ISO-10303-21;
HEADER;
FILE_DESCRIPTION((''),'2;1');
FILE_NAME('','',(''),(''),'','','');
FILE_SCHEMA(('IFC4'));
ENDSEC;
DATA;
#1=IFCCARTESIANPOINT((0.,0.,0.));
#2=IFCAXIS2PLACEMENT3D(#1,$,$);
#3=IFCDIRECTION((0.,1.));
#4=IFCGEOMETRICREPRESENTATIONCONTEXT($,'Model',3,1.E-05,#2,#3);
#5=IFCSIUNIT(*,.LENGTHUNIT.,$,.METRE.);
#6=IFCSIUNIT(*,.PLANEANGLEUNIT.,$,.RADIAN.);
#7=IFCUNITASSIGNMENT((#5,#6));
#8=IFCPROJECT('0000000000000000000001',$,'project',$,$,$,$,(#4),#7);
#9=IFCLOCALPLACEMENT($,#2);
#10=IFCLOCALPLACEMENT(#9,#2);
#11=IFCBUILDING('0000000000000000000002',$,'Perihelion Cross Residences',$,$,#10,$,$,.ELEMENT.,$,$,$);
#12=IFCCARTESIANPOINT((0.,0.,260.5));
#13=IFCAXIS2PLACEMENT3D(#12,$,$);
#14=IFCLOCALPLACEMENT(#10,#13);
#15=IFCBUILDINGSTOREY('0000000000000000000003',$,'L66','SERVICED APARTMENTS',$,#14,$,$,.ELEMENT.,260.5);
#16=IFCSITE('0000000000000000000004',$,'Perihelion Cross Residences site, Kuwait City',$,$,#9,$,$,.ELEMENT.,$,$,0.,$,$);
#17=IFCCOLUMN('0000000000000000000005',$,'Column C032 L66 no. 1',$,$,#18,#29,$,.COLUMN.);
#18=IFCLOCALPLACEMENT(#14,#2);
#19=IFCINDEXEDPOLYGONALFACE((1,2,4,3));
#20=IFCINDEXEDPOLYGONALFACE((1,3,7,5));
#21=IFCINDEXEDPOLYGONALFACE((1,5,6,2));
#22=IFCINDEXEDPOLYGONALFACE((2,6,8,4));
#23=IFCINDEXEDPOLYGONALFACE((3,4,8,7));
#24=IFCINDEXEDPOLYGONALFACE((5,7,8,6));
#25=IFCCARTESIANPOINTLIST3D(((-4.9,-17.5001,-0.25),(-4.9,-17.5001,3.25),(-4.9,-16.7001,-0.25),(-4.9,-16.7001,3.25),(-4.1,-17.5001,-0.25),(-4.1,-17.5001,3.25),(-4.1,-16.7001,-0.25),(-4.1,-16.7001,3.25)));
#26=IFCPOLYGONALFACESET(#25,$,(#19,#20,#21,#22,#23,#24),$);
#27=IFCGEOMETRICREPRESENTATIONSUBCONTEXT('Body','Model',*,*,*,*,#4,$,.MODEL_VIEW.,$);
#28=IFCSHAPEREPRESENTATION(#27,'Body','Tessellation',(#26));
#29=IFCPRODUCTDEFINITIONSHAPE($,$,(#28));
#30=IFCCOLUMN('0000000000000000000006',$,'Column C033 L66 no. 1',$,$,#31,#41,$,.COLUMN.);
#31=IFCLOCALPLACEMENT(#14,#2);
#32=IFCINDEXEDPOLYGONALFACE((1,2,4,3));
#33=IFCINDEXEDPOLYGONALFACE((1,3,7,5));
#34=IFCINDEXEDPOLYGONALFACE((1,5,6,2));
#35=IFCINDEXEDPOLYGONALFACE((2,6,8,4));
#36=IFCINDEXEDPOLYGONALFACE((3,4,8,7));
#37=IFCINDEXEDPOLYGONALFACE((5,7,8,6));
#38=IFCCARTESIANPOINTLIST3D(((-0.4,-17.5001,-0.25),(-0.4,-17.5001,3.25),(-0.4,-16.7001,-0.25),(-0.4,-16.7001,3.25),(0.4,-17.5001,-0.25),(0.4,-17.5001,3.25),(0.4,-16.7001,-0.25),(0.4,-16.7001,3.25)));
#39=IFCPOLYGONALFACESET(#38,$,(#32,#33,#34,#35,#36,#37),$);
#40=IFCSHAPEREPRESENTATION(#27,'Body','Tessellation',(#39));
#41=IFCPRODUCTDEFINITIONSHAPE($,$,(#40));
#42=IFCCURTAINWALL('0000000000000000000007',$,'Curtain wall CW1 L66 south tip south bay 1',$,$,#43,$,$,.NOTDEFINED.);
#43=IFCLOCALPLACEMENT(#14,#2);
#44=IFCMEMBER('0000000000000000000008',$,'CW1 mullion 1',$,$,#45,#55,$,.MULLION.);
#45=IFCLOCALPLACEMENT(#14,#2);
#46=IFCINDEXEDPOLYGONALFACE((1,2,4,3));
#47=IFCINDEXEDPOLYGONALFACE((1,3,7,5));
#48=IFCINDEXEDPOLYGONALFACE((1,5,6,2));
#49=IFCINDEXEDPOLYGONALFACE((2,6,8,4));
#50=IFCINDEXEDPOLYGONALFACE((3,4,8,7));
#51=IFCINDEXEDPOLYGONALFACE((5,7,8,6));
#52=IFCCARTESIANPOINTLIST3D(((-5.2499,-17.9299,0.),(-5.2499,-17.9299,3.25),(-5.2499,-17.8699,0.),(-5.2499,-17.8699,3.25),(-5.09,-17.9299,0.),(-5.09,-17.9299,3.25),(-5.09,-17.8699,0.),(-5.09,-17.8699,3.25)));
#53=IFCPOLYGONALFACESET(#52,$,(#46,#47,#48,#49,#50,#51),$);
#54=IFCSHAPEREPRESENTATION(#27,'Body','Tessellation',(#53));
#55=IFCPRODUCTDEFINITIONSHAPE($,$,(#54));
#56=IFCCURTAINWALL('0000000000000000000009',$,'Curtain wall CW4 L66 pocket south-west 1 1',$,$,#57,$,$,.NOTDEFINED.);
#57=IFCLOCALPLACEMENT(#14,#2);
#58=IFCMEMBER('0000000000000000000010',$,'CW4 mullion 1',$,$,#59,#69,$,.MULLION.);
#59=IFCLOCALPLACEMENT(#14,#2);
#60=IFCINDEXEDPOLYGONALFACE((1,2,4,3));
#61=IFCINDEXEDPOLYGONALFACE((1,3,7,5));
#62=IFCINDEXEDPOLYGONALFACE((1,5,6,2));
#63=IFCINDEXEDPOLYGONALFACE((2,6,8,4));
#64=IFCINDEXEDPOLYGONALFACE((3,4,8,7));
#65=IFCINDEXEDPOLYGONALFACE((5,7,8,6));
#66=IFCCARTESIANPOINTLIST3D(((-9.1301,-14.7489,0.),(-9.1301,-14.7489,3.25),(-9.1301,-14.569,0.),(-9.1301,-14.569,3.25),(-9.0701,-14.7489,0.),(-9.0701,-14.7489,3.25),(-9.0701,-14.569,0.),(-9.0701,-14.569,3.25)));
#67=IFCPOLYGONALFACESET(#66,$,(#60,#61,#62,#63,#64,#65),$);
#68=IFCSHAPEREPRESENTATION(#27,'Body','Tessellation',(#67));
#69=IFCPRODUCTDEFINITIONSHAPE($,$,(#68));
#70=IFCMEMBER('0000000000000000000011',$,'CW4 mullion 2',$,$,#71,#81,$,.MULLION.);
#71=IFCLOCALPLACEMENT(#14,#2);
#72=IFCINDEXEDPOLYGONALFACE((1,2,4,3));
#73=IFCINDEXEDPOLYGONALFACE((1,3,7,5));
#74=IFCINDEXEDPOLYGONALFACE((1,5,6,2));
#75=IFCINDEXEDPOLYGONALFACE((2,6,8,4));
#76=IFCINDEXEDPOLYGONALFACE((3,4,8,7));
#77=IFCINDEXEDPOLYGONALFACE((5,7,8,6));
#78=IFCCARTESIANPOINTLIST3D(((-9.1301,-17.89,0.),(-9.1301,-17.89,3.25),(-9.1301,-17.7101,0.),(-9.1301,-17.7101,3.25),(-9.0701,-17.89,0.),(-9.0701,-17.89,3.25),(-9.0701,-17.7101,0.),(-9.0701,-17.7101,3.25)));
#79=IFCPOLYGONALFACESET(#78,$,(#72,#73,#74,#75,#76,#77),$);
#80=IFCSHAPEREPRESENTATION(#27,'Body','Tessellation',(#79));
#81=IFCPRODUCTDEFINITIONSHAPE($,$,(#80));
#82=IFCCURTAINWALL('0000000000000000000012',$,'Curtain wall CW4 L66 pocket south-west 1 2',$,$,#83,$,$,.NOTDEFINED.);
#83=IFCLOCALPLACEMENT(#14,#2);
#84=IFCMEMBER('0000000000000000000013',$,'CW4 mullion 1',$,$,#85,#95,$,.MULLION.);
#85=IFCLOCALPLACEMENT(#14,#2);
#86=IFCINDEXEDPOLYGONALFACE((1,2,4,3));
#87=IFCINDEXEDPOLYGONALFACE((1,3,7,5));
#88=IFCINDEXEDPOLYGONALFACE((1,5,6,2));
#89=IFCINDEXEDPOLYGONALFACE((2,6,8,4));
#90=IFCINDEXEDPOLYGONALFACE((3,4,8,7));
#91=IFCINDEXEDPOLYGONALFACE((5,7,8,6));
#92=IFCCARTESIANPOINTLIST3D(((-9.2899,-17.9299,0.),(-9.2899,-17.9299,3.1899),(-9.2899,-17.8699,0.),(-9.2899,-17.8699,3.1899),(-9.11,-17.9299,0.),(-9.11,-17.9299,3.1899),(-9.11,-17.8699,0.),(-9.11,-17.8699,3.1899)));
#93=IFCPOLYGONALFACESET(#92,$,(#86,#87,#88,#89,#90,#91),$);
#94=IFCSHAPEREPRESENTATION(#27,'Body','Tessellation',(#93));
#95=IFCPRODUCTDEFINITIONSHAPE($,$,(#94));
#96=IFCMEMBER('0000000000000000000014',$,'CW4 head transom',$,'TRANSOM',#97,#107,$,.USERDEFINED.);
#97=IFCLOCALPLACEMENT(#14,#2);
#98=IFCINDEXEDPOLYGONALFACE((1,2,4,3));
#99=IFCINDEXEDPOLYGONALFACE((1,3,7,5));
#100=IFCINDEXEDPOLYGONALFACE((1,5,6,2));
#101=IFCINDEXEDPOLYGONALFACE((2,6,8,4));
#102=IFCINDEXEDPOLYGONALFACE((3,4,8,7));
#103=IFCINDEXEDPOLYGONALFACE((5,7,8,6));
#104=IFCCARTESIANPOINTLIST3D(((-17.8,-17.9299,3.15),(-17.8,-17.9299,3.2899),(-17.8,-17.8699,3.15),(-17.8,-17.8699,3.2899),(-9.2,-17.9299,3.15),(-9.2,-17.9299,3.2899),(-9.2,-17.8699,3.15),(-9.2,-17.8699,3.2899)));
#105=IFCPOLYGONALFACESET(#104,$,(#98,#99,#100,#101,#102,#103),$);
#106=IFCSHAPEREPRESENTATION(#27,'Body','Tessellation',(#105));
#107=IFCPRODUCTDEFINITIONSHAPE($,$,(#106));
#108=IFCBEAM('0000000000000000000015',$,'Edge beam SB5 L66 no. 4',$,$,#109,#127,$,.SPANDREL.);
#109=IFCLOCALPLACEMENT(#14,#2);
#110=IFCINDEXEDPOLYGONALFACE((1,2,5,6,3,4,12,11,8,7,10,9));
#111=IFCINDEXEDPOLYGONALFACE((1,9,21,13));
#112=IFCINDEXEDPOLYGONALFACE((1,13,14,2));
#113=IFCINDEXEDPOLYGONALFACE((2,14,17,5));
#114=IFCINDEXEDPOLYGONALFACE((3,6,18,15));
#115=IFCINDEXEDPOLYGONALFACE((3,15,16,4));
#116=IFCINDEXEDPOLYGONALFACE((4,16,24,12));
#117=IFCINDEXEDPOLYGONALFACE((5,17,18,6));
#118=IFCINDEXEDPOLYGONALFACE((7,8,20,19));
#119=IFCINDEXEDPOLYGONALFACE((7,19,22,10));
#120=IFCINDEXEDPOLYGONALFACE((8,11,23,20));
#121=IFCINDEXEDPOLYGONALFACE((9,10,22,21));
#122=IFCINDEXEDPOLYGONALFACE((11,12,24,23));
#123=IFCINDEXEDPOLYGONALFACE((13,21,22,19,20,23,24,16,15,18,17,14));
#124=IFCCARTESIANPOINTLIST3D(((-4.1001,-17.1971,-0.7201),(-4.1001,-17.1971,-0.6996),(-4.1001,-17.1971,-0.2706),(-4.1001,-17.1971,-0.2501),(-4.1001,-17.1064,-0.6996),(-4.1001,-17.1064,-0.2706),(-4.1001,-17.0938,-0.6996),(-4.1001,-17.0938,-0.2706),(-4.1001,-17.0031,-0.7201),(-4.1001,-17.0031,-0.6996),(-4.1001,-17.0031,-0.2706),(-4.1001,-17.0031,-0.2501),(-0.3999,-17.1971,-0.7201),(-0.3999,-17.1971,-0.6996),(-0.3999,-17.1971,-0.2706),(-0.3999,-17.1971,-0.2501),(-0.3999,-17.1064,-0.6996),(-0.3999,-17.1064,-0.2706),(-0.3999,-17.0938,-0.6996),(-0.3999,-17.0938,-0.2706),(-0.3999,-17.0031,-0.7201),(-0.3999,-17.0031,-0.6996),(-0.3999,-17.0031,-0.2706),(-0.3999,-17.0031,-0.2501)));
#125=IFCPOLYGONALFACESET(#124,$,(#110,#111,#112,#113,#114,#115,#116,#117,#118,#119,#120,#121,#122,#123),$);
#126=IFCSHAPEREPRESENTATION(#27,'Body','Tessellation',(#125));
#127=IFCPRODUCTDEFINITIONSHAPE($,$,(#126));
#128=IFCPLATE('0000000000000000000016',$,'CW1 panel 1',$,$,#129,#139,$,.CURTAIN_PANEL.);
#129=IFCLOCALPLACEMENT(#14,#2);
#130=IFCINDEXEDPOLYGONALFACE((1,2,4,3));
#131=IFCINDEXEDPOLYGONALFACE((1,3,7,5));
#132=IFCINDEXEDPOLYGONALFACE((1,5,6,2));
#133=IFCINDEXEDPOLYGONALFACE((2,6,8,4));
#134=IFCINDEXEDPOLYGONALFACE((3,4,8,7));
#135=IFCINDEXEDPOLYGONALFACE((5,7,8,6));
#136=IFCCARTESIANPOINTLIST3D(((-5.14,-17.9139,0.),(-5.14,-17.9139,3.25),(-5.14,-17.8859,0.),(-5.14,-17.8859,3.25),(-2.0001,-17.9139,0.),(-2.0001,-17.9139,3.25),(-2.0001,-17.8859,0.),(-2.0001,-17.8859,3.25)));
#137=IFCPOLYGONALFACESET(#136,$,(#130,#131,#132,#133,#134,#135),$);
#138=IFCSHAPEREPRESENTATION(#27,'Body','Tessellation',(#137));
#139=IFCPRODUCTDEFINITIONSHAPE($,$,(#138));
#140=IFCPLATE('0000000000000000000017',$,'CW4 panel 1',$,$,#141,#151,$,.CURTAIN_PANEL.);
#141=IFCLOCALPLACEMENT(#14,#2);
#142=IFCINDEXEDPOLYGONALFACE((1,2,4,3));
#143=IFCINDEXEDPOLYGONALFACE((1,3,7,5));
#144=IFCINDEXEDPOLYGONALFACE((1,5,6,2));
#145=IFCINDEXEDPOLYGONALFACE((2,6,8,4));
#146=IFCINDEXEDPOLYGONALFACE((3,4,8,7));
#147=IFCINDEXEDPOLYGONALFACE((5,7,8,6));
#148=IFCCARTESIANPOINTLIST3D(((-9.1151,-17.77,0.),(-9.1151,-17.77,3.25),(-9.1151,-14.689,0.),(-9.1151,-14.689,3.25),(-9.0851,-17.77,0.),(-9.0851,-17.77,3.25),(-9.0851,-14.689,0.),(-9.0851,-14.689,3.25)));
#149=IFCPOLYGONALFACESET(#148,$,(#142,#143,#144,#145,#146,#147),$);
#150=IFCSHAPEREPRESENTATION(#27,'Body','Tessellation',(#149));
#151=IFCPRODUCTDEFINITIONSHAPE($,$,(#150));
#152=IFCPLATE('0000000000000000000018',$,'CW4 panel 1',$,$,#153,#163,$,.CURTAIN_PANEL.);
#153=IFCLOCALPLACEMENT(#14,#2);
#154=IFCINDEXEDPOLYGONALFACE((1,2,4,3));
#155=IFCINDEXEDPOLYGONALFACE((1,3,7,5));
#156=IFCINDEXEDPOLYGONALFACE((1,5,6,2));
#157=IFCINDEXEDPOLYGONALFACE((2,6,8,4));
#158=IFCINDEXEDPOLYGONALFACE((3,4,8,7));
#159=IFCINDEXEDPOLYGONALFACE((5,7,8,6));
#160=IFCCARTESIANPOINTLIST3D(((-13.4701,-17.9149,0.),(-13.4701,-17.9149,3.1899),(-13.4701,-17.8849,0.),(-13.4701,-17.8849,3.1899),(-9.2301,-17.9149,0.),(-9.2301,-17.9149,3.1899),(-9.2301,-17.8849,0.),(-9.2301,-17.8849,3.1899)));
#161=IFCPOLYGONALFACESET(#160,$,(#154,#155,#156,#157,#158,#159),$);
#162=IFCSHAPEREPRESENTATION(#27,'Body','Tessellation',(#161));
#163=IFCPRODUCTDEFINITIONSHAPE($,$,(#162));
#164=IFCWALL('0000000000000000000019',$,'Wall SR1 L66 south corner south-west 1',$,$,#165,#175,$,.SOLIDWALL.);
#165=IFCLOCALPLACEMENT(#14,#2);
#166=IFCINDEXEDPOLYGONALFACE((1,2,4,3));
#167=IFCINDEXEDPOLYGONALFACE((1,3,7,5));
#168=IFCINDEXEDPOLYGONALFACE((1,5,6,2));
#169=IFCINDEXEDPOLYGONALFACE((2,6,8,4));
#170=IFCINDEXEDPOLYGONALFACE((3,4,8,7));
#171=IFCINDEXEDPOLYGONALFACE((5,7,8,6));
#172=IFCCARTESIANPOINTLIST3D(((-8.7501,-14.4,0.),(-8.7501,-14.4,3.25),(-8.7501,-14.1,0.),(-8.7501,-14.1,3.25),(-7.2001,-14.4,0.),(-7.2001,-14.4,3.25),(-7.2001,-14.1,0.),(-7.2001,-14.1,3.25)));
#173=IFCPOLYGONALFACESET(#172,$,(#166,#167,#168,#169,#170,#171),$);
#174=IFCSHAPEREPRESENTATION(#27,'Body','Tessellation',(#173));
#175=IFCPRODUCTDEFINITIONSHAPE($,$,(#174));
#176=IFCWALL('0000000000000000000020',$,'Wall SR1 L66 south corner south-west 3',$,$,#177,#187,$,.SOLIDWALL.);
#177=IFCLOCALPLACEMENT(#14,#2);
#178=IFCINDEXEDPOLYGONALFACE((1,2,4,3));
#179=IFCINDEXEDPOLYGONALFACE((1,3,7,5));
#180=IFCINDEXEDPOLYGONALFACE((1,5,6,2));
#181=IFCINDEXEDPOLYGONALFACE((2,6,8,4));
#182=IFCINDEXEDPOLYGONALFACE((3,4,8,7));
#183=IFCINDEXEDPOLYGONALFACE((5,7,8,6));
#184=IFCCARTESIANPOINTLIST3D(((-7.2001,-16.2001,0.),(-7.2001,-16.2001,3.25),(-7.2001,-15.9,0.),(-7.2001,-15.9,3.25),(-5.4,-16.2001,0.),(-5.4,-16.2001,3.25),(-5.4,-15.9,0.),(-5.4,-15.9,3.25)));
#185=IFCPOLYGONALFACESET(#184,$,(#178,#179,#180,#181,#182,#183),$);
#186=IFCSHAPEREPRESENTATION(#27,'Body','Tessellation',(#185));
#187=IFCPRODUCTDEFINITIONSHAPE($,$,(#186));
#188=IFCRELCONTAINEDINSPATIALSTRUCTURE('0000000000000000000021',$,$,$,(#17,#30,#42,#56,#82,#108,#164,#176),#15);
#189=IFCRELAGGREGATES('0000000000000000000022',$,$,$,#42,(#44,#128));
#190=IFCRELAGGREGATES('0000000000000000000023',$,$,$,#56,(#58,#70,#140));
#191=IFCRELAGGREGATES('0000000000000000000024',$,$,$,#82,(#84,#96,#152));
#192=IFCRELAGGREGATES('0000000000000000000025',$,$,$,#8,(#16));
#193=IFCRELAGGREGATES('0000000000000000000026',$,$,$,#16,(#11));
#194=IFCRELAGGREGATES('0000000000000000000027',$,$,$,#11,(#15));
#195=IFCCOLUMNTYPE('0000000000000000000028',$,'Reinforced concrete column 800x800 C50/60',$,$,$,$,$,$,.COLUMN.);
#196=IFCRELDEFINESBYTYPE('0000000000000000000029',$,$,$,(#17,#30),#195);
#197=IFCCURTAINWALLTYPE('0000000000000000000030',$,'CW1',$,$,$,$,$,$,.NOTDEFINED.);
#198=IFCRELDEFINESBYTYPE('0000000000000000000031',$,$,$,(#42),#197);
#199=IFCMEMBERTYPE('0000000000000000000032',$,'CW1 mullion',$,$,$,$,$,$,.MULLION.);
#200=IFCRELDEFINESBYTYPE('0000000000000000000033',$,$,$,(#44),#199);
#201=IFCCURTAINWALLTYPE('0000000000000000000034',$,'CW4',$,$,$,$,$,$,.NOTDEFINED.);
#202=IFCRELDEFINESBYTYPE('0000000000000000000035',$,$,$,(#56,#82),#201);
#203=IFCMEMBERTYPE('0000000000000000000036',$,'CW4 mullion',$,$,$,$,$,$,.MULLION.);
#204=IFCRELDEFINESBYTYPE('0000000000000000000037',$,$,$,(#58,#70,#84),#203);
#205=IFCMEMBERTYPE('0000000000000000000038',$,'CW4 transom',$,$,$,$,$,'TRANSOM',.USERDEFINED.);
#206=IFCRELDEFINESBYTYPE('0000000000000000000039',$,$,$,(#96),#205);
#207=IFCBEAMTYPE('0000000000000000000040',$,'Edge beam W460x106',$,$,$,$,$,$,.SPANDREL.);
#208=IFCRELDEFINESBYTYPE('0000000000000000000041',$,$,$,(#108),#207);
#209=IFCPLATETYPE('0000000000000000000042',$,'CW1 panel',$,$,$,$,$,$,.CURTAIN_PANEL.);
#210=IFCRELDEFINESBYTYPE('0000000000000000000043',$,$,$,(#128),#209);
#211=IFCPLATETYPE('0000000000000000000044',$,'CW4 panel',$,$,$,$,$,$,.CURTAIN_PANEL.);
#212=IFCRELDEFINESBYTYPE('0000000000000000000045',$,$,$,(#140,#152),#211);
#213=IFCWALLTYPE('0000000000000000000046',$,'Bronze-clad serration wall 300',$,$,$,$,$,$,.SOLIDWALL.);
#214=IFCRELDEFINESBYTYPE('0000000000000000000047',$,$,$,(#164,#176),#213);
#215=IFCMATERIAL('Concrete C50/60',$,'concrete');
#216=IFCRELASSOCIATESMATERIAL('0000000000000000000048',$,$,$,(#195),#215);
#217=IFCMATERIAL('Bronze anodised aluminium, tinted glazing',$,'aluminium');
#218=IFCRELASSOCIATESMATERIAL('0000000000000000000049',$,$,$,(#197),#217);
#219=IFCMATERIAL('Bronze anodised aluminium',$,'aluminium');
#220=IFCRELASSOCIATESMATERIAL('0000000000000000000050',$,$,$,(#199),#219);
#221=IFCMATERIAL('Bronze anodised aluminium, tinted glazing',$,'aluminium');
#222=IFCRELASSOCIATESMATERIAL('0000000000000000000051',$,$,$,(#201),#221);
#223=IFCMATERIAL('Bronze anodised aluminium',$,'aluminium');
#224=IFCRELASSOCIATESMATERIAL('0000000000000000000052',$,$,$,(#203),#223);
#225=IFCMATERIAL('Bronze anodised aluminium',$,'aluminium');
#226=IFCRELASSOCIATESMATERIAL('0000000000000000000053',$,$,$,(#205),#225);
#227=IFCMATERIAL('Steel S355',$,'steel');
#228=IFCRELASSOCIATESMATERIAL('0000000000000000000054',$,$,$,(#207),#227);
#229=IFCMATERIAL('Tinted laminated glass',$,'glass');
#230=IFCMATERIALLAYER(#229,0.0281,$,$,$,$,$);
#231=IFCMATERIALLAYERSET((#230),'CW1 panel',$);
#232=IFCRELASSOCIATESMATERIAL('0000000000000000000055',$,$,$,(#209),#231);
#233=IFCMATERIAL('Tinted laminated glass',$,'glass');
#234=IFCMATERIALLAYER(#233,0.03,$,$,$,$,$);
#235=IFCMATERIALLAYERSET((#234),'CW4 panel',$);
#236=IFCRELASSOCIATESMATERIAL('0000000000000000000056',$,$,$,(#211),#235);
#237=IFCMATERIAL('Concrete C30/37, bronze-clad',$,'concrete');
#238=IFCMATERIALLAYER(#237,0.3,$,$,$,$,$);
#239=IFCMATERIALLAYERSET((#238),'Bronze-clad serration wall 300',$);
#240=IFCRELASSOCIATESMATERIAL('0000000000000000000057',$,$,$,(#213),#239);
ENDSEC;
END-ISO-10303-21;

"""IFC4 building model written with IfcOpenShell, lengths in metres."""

from ifc_helpers import new_model, si_unit, direction, frame, frame_2d, origin, origin_2d, place, context, subcontext, project, spatial, rectangle, i_section, extrude, material, layer, layer_set, material_profile, profile_set, type_object, element, aggregate, save


model = new_model("IFC4")

# Units and contexts
model_context = context("Model", 3, precision=1e-05, world=origin(), true_north=direction((0.0, 1.0)))
body_context = subcontext(model_context, "Body", "Model", "MODEL_VIEW")
ifc_project = project(units=[si_unit("LENGTHUNIT", "METRE"), si_unit("PLANEANGLEUNIT", "RADIAN")], contexts=[model_context])

# Site, building, storey
site_placement = place(None, origin())
site = spatial("IfcSite", under=ifc_project, at=site_placement, Name="Perihelion Cross Residences site, Kuwait City", CompositionType="ELEMENT", RefElevation=0.0)
building_placement = place(site_placement, origin())
building = spatial("IfcBuilding", under=site, at=building_placement, Name="Perihelion Cross Residences", CompositionType="ELEMENT")
storey_placement = place(building_placement, frame((0.0, 0.0, 260.5)))
storey = spatial("IfcBuildingStorey", under=building, at=storey_placement, Name="L66", Description="SERVICED APARTMENTS", CompositionType="ELEMENT", Elevation=260.5)

# Columns
ifc_material_1 = material(Name="Concrete C50/60", Category="concrete")
ifc_material_profile_1 = material_profile(ifc_material_1, rectangle(XDim=0.8, YDim=0.8, at=origin_2d()), Name="RC 800x800")
ifc_profile_set_1 = profile_set([ifc_material_profile_1], Name="Concrete C50/60")
column_type = type_object("IfcColumnType", Name="Reinforced concrete column 800x800 C50/60", PredefinedType="COLUMN", material=ifc_profile_set_1)
for number, where, z_axis, x_axis, name in (
    (1, (-4.5, -17.1001, -0.25), (0.0, 0.0, 1.0), (1.0, 0.0, 0.0), "Column C032 L66 no. 1"),
    (2, (0.0, -17.1001, -0.25), (0.0, 0.0, 1.0), (1.0, 0.0, 0.0), "Column C033 L66 no. 1"),
):
    element("IfcColumn", number, at=place(storey_placement, frame(where, z_axis=z_axis, x_axis=x_axis)), inside=storey, type_object=column_type, Name=name, PredefinedType="COLUMN", context=body_context, shape_type="SweptSolid", body=[
        extrude(rectangle(XDim=0.8, YDim=0.8, at=origin_2d()), origin(), (0.0, 0.0, 1.0), 3.5),
    ])

# Curtain wall, member
ifc_material_2 = material(Name="Bronze anodised aluminium, tinted glazing", Category="aluminium")
curtain_wall_type_1 = type_object("IfcCurtainWallType", Name="CW1", PredefinedType="NOTDEFINED", material=ifc_material_2)
curtain_wall_1_placement = place(storey_placement, origin())
curtain_wall_1 = element("IfcCurtainWall", 3, at=curtain_wall_1_placement, inside=storey, type_object=curtain_wall_type_1, Name="Curtain wall CW1 L66 south tip south bay 1", PredefinedType="NOTDEFINED")
ifc_material_3 = material(Name="Bronze anodised aluminium", Category="aluminium")
ifc_material_profile_2 = material_profile(ifc_material_3, rectangle(XDim=0.0601, YDim=0.1599, at=origin_2d()), Name="CW1 mullion")
ifc_profile_set_2 = profile_set([ifc_material_profile_2], Name="Bronze anodised aluminium")
member_type_1 = type_object("IfcMemberType", Name="CW1 mullion", PredefinedType="MULLION", material=ifc_profile_set_2)
member_1_placement = place(storey_placement, frame((-5.1699, -17.8999, 0.0), z_axis=(0.0, 0.0, 1.0), x_axis=(0.0, 1.0, 0.0)))
member_1 = element("IfcMember", 4, at=member_1_placement, type_object=member_type_1, Name="CW1 mullion 1", PredefinedType="MULLION", context=body_context, shape_type="SweptSolid", body=[
    extrude(rectangle(XDim=0.0601, YDim=0.1599, at=origin_2d()), origin(), (0.0, 0.0, 1.0), 3.25),
])

# Curtain walls, members
ifc_material_4 = material(Name="Bronze anodised aluminium, tinted glazing", Category="aluminium")
curtain_wall_type_2 = type_object("IfcCurtainWallType", Name="CW4", PredefinedType="NOTDEFINED", material=ifc_material_4)
curtain_wall_2_placement = place(storey_placement, origin())
curtain_wall_2 = element("IfcCurtainWall", 5, at=curtain_wall_2_placement, inside=storey, type_object=curtain_wall_type_2, Name="Curtain wall CW4 L66 pocket south-west 1 1", PredefinedType="NOTDEFINED")
ifc_material_5 = material(Name="Bronze anodised aluminium", Category="aluminium")
ifc_material_profile_3 = material_profile(ifc_material_5, rectangle(XDim=0.0601, YDim=0.1799, at=origin_2d()), Name="CW4 mullion")
ifc_profile_set_3 = profile_set([ifc_material_profile_3], Name="Bronze anodised aluminium")
member_type_2 = type_object("IfcMemberType", Name="CW4 mullion", PredefinedType="MULLION", material=ifc_profile_set_3)
member_2_placement = place(storey_placement, frame((-9.1001, -14.6589, 0.0), z_axis=(0.0, 0.0, 1.0), x_axis=(1.0, 0.0, 0.0)))
member_2 = element("IfcMember", 6, at=member_2_placement, type_object=member_type_2, Name="CW4 mullion 1", PredefinedType="MULLION", context=body_context, shape_type="SweptSolid", body=[
    extrude(rectangle(XDim=0.0601, YDim=0.1799, at=origin_2d()), origin(), (0.0, 0.0, 1.0), 3.25),
])
member_3_placement = place(storey_placement, frame((-9.1001, -17.8, 0.0), z_axis=(0.0, 0.0, 1.0), x_axis=(1.0, 0.0, 0.0)))
member_3 = element("IfcMember", 7, at=member_3_placement, type_object=member_type_2, Name="CW4 mullion 2", PredefinedType="MULLION", context=body_context, shape_type="SweptSolid", body=[
    extrude(rectangle(XDim=0.0601, YDim=0.1799, at=origin_2d()), origin(), (0.0, 0.0, 1.0), 3.25),
])
curtain_wall_3_placement = place(storey_placement, origin())
curtain_wall_3 = element("IfcCurtainWall", 8, at=curtain_wall_3_placement, inside=storey, type_object=curtain_wall_type_2, Name="Curtain wall CW4 L66 pocket south-west 1 2", PredefinedType="NOTDEFINED")
member_4_placement = place(storey_placement, frame((-9.2, -17.8999, 0.0), z_axis=(0.0, 0.0, 1.0), x_axis=(0.0, -1.0, 0.0)))
member_4 = element("IfcMember", 9, at=member_4_placement, type_object=member_type_2, Name="CW4 mullion 1", PredefinedType="MULLION", context=body_context, shape_type="SweptSolid", body=[
    extrude(rectangle(XDim=0.0601, YDim=0.1799, at=origin_2d()), origin(), (0.0, 0.0, 1.0), 3.1899),
])
ifc_material_6 = material(Name="Bronze anodised aluminium", Category="aluminium")
ifc_material_profile_4 = material_profile(ifc_material_6, rectangle(XDim=0.0601, YDim=0.1399, at=origin_2d()), Name="CW4 transom")
ifc_profile_set_4 = profile_set([ifc_material_profile_4], Name="Bronze anodised aluminium")
member_type_3 = type_object("IfcMemberType", Name="CW4 transom", ElementType="TRANSOM", PredefinedType="USERDEFINED", material=ifc_profile_set_4)
member_5_placement = place(storey_placement, frame((-9.2, -17.8999, 3.22), z_axis=(-1.0, 0.0, 0.0), x_axis=(0.0, -1.0, 0.0)))
member_5 = element("IfcMember", 10, at=member_5_placement, type_object=member_type_3, Name="CW4 head transom", ObjectType="TRANSOM", PredefinedType="USERDEFINED", context=body_context, shape_type="SweptSolid", body=[
    extrude(rectangle(XDim=0.0601, YDim=0.1399, at=origin_2d()), origin(), (0.0, 0.0, 1.0), 8.6001),
])

# Beam
ifc_material_7 = material(Name="Steel S355", Category="steel")
ifc_material_profile_5 = material_profile(ifc_material_7, i_section(OverallWidth=0.1941, OverallDepth=0.47, WebThickness=0.0127, FlangeThickness=0.0205, at=origin_2d()), Name="W460x106")
ifc_profile_set_5 = profile_set([ifc_material_profile_5], Name="Steel S355")
beam_type = type_object("IfcBeamType", Name="Edge beam W460x106", PredefinedType="SPANDREL", material=ifc_profile_set_5)
beam_placement = place(storey_placement, frame((-4.1001, -17.1001, -0.4851), z_axis=(1.0, 0.0, 0.0), x_axis=(0.0, 1.0, 0.0)))
element("IfcBeam", 11, at=beam_placement, inside=storey, type_object=beam_type, Name="Edge beam SB5 L66 no. 4", PredefinedType="SPANDREL", context=body_context, shape_type="SweptSolid", body=[
    extrude(i_section(OverallWidth=0.1941, OverallDepth=0.47, WebThickness=0.0127, FlangeThickness=0.0205, at=origin_2d()), origin(), (0.0, 0.0, 1.0), 3.7002),
])

# Plates
ifc_material_8 = material(Name="Tinted laminated glass", Category="glass")
ifc_layer_1 = layer(ifc_material_8, 0.0281)
ifc_layer_set_1 = layer_set([ifc_layer_1], Name="CW1 panel")
plate_type_1 = type_object("IfcPlateType", Name="CW1 panel", PredefinedType="CURTAIN_PANEL", material=ifc_layer_set_1)
plate_1_placement = place(storey_placement, frame((-3.5701, -17.8999, 0.0), z_axis=(0.0, 0.0, 1.0), x_axis=(1.0, 0.0, 0.0)))
plate_1 = element("IfcPlate", 12, at=plate_1_placement, type_object=plate_type_1, Name="CW1 panel 1", PredefinedType="CURTAIN_PANEL", context=body_context, shape_type="SweptSolid", body=[
    extrude(rectangle(XDim=3.1399, YDim=0.0281, at=origin_2d()), origin(), (0.0, 0.0, 1.0), 3.25),
])
aggregate(curtain_wall_1, [member_1, plate_1])
ifc_material_9 = material(Name="Tinted laminated glass", Category="glass")
ifc_layer_2 = layer(ifc_material_9, 0.03)
ifc_layer_set_2 = layer_set([ifc_layer_2], Name="CW4 panel")
plate_type_2 = type_object("IfcPlateType", Name="CW4 panel", PredefinedType="CURTAIN_PANEL", material=ifc_layer_set_2)
plate_2_placement = place(storey_placement, frame((-9.1001, -16.2295, 0.0), z_axis=(0.0, 0.0, 1.0), x_axis=(0.0, -1.0, 0.0)))
plate_2 = element("IfcPlate", 13, at=plate_2_placement, type_object=plate_type_2, Name="CW4 panel 1", PredefinedType="CURTAIN_PANEL", context=body_context, shape_type="SweptSolid", body=[
    extrude(rectangle(XDim=3.0811, YDim=0.03, at=origin_2d()), origin(), (0.0, 0.0, 1.0), 3.25),
])
aggregate(curtain_wall_2, [member_2, member_3, plate_2])
plate_3_placement = place(storey_placement, frame((-11.3501, -17.8999, 0.0), z_axis=(0.0, 0.0, 1.0), x_axis=(-1.0, 0.0, 0.0)))
plate_3 = element("IfcPlate", 14, at=plate_3_placement, type_object=plate_type_2, Name="CW4 panel 1", PredefinedType="CURTAIN_PANEL", context=body_context, shape_type="SweptSolid", body=[
    extrude(rectangle(XDim=4.24, YDim=0.03, at=origin_2d()), origin(), (0.0, 0.0, 1.0), 3.1899),
])
aggregate(curtain_wall_3, [member_4, member_5, plate_3])

# Walls
ifc_material_10 = material(Name="Concrete C30/37, bronze-clad", Category="concrete")
ifc_layer_3 = layer(ifc_material_10, 0.3)
ifc_layer_set_3 = layer_set([ifc_layer_3], Name="Bronze-clad serration wall 300")
wall_type_1 = type_object("IfcWallType", Name="Bronze-clad serration wall 300", PredefinedType="SOLIDWALL", material=ifc_layer_set_3)
wall_1_placement = place(storey_placement, frame((-8.75, -14.25, 0.0), z_axis=(0.0, 0.0, 1.0), x_axis=(1.0, 0.0, 0.0)))
element("IfcWall", 15, at=wall_1_placement, inside=storey, type_object=wall_type_1, Name="Wall SR1 L66 south corner south-west 1", PredefinedType="SOLIDWALL", context=body_context, shape_type="SweptSolid", body=[
    extrude(rectangle(XDim=1.55, YDim=0.3, at=frame_2d((0.7749, 0.0))), origin(), (0.0, 0.0, 1.0), 3.25),
])
wall_2_placement = place(storey_placement, frame((-7.2, -16.05, 0.0), z_axis=(0.0, 0.0, 1.0), x_axis=(1.0, 0.0, 0.0)))
element("IfcWall", 16, at=wall_2_placement, inside=storey, type_object=wall_type_1, Name="Wall SR1 L66 south corner south-west 3", PredefinedType="SOLIDWALL", context=body_context, shape_type="SweptSolid", body=[
    extrude(rectangle(XDim=1.8, YDim=0.3, at=frame_2d((0.8999, 0.0))), origin(), (0.0, 0.0, 1.0), 3.25),
])

save(model, "model.ifc")
